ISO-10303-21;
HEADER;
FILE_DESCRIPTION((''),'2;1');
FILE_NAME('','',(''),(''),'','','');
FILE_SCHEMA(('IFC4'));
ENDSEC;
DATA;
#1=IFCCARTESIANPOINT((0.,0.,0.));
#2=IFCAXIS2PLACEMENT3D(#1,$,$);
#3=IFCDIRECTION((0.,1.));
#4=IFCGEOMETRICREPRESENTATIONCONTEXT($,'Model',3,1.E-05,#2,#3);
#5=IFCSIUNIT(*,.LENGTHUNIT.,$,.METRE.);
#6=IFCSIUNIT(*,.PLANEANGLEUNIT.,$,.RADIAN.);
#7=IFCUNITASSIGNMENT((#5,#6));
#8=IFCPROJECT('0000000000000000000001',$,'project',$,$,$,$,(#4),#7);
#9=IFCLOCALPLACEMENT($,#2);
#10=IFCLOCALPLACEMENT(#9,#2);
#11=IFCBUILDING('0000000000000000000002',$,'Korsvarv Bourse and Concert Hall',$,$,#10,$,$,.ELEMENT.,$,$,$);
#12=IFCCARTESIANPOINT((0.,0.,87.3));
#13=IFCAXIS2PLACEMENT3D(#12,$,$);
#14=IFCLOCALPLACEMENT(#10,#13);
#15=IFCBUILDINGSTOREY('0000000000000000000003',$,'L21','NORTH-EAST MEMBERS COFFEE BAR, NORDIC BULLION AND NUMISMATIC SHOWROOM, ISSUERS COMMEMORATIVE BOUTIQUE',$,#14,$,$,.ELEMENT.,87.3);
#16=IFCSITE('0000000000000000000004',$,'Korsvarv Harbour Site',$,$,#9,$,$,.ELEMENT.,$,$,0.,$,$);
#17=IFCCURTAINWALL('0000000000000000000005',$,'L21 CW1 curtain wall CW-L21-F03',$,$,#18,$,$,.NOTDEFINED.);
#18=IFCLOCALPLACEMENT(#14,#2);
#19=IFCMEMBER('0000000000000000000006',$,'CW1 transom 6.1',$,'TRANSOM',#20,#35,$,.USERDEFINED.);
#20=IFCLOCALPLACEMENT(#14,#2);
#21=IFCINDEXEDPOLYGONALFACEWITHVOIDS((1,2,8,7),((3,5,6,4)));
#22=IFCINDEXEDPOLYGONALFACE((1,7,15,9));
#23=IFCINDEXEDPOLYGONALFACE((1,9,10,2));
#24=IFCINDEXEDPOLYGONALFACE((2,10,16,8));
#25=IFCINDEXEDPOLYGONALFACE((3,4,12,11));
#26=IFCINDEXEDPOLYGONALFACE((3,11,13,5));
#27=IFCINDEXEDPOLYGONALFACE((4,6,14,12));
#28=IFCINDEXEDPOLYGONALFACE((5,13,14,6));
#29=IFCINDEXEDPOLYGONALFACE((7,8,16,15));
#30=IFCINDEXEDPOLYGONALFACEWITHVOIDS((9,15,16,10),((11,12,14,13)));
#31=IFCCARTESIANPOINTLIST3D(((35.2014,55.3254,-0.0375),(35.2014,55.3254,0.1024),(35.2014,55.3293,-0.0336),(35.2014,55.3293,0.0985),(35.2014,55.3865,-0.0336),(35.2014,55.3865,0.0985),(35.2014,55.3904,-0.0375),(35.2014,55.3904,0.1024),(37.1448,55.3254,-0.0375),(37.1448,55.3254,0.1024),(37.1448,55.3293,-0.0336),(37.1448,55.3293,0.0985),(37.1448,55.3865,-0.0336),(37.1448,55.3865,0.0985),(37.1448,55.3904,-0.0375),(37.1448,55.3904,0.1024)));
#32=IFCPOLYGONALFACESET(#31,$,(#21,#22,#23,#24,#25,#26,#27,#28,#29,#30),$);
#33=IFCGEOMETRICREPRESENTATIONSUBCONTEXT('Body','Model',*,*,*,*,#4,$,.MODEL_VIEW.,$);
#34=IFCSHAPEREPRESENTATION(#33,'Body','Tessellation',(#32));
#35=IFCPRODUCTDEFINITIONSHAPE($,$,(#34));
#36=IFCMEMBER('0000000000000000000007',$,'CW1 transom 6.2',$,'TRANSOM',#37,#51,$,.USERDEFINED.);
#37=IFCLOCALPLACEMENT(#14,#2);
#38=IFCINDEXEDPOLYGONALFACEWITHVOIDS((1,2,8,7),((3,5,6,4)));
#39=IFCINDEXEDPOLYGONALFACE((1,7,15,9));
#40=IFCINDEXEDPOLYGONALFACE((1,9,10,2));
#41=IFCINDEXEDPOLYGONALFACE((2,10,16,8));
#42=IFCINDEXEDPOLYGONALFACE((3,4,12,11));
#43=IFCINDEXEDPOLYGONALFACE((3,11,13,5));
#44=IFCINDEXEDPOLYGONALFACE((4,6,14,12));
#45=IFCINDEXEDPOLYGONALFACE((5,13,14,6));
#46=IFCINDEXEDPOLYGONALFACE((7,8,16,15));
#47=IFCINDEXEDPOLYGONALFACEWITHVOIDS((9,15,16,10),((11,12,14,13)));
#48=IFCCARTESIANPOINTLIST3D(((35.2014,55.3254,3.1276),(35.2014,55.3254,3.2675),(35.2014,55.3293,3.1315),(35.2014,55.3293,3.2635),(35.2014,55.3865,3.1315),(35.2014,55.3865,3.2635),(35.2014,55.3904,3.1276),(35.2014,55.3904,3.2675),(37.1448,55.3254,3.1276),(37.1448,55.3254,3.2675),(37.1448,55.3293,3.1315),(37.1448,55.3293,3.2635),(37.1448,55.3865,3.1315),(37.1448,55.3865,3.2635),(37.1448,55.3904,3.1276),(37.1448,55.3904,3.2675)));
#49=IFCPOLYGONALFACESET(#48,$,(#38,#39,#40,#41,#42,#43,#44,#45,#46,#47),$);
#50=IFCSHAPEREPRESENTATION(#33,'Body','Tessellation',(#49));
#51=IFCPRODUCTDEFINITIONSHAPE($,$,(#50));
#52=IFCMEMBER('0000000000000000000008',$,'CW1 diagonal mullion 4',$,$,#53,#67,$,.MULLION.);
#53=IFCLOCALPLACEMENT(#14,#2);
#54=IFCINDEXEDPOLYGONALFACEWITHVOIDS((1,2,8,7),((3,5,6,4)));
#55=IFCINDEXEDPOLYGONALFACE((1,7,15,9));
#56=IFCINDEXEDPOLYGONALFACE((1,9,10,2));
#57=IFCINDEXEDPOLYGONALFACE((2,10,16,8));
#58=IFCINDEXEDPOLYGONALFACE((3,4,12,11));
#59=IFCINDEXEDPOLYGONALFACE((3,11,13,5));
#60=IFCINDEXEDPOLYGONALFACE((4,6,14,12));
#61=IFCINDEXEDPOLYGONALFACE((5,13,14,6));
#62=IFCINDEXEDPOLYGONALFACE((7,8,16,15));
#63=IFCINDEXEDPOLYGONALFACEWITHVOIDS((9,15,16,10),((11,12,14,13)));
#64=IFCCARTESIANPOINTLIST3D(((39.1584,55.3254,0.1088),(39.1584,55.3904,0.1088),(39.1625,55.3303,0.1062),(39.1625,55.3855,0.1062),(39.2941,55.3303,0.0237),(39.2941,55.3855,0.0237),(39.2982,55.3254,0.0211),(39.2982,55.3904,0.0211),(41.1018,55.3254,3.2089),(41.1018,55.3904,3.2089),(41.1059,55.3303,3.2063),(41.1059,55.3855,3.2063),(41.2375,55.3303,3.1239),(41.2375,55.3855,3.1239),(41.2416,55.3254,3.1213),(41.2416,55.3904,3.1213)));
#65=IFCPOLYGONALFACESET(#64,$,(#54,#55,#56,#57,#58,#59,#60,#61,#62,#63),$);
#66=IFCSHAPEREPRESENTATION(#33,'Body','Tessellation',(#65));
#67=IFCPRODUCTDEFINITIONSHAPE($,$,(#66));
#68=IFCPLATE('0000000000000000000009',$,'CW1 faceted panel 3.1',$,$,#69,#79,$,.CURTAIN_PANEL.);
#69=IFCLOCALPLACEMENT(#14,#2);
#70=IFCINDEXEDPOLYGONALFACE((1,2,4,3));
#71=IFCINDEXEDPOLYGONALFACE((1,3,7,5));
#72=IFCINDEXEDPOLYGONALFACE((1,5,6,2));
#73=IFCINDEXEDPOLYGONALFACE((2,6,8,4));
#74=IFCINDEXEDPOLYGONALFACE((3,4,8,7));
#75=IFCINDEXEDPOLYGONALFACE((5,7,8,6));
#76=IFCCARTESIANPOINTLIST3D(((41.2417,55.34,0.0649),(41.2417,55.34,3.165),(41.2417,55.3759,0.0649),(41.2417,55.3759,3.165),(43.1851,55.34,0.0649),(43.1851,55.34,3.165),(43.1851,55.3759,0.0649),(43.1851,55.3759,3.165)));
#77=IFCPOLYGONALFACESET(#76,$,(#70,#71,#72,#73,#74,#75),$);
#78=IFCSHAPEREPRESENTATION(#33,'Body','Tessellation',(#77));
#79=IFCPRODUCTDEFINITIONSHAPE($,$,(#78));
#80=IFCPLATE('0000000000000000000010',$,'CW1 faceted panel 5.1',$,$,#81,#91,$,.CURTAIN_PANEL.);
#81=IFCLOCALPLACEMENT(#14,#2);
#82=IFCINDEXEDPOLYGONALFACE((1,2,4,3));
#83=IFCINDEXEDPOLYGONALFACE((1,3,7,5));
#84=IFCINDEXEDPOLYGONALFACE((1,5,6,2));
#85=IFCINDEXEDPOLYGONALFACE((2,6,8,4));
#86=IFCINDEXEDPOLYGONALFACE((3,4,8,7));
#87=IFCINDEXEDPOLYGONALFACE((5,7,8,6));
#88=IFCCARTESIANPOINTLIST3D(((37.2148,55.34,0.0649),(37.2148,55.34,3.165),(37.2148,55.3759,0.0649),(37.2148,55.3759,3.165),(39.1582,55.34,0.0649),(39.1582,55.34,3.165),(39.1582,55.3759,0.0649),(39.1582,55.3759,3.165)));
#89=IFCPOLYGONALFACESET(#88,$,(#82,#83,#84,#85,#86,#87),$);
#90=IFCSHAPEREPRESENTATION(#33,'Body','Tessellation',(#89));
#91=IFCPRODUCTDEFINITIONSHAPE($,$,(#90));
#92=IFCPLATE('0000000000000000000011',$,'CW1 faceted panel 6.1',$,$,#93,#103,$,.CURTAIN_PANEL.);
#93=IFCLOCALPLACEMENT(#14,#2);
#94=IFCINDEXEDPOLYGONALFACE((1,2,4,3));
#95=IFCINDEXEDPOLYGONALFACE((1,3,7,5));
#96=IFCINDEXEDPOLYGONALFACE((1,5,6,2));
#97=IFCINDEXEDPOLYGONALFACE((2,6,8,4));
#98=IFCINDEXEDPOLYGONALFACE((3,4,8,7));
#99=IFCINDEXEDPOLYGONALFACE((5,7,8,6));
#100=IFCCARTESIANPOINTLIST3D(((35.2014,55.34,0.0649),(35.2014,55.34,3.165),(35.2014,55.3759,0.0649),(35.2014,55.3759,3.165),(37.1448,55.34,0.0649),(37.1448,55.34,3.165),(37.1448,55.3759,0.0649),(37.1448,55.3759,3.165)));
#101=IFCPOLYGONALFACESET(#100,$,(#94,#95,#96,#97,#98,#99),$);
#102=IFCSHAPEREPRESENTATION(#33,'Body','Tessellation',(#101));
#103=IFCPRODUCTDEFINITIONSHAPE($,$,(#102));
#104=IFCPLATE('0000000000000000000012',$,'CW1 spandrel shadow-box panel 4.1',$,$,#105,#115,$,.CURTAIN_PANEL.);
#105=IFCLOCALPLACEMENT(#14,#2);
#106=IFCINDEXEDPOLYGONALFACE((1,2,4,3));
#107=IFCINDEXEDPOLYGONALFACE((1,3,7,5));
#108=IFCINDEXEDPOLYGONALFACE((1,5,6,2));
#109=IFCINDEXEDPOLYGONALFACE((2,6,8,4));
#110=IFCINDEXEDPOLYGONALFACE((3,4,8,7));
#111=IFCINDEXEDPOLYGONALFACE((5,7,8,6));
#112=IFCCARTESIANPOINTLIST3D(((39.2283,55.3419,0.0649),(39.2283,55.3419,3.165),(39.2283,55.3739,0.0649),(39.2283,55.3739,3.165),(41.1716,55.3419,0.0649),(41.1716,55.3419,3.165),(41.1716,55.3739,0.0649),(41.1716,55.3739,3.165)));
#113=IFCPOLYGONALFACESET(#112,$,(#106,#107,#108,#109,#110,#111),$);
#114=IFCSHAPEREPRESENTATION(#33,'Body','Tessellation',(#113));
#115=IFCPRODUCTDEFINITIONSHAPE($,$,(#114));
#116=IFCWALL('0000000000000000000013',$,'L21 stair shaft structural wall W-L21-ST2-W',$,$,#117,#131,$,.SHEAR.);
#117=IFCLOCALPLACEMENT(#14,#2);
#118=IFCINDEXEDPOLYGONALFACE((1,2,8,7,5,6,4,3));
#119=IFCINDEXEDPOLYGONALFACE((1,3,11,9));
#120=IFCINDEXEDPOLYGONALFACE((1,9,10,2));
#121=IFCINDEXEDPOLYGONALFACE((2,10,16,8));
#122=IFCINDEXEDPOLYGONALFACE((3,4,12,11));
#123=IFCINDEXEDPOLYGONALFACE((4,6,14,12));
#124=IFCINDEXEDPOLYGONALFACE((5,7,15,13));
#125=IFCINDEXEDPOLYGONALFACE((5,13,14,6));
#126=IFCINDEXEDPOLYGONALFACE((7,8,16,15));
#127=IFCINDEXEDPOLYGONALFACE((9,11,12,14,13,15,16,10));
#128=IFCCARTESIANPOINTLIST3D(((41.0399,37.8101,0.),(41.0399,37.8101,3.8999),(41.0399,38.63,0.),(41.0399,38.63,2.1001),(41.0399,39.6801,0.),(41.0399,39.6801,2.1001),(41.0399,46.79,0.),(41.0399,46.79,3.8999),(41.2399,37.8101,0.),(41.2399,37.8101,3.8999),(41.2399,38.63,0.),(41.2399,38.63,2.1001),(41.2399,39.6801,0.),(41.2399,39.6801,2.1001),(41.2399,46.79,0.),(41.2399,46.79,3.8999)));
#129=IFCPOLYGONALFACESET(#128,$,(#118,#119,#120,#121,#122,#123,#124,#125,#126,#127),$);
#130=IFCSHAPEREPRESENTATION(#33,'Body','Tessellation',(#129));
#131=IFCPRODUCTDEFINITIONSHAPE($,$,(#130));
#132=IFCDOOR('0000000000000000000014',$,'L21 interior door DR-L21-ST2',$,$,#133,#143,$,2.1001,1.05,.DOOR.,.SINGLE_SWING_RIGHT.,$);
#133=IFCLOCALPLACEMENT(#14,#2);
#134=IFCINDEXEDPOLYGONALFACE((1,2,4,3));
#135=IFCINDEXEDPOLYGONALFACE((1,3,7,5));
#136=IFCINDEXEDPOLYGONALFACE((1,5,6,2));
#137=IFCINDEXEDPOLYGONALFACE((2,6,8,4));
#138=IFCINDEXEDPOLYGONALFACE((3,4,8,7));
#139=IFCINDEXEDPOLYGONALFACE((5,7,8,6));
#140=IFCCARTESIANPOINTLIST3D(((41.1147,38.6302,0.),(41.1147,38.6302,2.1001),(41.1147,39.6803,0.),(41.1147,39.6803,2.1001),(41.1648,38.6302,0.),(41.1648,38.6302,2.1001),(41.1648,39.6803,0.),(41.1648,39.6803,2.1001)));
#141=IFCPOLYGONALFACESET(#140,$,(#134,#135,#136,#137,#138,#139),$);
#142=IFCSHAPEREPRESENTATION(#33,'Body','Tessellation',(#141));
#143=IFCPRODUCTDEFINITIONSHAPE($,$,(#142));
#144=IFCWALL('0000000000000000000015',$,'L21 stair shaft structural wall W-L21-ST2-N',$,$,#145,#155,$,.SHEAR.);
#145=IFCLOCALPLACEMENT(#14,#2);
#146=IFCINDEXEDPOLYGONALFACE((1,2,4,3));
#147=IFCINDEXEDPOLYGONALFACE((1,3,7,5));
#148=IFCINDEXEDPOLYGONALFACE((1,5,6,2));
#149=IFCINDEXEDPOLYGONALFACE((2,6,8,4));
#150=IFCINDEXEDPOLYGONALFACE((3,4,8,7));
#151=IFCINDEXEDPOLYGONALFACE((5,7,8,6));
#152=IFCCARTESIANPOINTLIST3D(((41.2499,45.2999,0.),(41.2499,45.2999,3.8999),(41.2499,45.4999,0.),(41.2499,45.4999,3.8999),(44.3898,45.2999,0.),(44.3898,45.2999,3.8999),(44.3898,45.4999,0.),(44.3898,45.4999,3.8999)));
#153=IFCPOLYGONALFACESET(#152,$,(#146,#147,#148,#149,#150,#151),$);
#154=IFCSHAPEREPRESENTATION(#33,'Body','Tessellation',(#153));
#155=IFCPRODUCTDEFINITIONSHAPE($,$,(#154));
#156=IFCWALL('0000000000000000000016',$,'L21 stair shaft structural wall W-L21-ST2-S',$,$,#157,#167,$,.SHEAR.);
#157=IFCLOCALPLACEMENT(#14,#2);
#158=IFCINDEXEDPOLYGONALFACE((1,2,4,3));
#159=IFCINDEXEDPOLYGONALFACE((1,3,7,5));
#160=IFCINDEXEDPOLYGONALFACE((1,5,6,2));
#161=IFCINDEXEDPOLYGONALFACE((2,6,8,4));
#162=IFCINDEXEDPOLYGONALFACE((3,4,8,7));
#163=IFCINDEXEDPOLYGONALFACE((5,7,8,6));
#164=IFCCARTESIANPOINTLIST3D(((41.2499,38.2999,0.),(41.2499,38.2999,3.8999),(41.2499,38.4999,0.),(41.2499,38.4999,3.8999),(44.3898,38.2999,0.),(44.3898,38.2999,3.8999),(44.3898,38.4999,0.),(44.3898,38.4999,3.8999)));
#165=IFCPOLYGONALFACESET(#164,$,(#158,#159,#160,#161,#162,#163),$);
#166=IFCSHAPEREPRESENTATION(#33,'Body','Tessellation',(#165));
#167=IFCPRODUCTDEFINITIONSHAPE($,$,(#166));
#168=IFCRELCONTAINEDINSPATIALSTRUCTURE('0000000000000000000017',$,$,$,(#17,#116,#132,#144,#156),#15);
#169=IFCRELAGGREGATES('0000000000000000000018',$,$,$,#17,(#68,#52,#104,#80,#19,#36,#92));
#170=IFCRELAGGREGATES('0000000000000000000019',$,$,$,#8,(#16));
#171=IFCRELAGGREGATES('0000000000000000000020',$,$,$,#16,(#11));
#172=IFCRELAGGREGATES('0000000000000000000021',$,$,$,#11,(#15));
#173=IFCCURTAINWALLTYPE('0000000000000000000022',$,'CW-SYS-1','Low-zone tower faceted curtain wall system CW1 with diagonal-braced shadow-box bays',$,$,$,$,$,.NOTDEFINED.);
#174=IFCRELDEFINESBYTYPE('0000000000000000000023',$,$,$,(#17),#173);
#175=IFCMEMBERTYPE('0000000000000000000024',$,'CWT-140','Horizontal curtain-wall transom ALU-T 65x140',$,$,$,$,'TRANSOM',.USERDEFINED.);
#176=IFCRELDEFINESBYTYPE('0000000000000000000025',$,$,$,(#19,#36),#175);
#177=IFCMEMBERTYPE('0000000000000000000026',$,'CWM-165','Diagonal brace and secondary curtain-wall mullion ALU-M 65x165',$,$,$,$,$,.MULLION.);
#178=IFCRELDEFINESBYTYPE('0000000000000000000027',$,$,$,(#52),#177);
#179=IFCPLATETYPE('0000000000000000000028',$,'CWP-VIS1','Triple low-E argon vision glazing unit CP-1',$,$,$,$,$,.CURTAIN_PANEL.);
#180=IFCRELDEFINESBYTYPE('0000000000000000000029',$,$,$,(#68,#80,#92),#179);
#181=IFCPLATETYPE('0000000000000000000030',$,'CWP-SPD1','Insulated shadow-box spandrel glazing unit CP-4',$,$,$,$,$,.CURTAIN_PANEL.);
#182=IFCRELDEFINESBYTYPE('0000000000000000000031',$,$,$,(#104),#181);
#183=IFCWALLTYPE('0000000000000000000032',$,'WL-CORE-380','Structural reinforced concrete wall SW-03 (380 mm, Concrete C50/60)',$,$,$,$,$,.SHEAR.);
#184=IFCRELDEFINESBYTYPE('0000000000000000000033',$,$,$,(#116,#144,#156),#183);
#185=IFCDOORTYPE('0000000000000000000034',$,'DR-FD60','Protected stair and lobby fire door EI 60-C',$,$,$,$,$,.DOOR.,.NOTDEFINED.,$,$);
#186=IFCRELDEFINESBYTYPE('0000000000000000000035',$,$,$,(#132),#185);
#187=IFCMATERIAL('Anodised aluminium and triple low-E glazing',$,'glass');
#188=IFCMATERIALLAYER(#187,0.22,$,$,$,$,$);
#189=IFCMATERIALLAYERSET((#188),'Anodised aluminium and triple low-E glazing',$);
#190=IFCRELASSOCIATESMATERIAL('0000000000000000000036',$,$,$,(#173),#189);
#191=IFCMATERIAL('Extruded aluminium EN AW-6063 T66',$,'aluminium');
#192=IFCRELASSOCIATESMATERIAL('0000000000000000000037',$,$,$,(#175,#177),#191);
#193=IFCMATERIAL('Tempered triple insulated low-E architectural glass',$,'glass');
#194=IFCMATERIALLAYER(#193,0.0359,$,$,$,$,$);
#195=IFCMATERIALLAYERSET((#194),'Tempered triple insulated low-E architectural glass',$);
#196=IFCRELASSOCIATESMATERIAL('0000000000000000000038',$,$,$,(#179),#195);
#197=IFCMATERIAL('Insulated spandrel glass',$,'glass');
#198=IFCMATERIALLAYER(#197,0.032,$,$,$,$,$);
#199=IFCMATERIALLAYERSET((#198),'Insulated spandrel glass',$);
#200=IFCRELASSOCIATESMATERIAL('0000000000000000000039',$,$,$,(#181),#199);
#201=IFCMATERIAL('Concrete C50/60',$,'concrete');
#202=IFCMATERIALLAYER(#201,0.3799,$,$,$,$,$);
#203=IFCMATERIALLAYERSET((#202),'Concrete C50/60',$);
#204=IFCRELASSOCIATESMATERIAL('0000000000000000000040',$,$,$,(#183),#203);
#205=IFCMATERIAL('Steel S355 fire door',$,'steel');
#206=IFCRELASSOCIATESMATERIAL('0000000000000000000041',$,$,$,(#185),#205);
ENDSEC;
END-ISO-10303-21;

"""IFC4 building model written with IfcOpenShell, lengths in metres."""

from ifc_helpers import new_model, si_unit, direction, frame, frame_2d, origin, origin_2d, place, context, subcontext, project, spatial, rectangle, hollow_rectangle, extrude, source, transform, mapped, material, layer, layer_set, material_profile, profile_set, type_object, element, fill, aggregate, save


model = new_model("IFC4")

# Units and contexts
model_context = context("Model", 3, precision=1e-05, world=origin(), true_north=direction((0.0, 1.0)))
body_context = subcontext(model_context, "Body", "Model", "MODEL_VIEW")
ifc_project = project(units=[si_unit("LENGTHUNIT", "METRE"), si_unit("PLANEANGLEUNIT", "RADIAN")], contexts=[model_context])

# Site, building, storey
site_placement = place(None, origin())
site = spatial("IfcSite", under=ifc_project, at=site_placement, Name="Korsvarv Harbour Site", CompositionType="ELEMENT", RefElevation=0.0)
building_placement = place(site_placement, origin())
building = spatial("IfcBuilding", under=site, at=building_placement, Name="Korsvarv Bourse and Concert Hall", CompositionType="ELEMENT")
storey_placement = place(building_placement, frame((0.0, 0.0, 87.3)))
storey = spatial("IfcBuildingStorey", under=building, at=storey_placement, Name="L21", Description="NORTH-EAST MEMBERS COFFEE BAR, NORDIC BULLION AND NUMISMATIC SHOWROOM, ISSUERS COMMEMORATIVE BOUTIQUE", CompositionType="ELEMENT", Elevation=87.3)

# Curtain wall, members, plates
ifc_material_1 = material(Name="Anodised aluminium and triple low-E glazing", Category="glass")
ifc_layer_1 = layer(ifc_material_1, 0.22)
ifc_layer_set_1 = layer_set([ifc_layer_1], Name="Anodised aluminium and triple low-E glazing")
curtain_wall_type = type_object("IfcCurtainWallType", Name="CW-SYS-1", Description="Low-zone tower faceted curtain wall system CW1 with diagonal-braced shadow-box bays", PredefinedType="NOTDEFINED", material=ifc_layer_set_1)
curtain_wall_placement = place(storey_placement, origin())
curtain_wall = element("IfcCurtainWall", 1, at=curtain_wall_placement, inside=storey, type_object=curtain_wall_type, Name="L21 CW1 curtain wall CW-L21-F03", PredefinedType="NOTDEFINED")
ifc_material_2 = material(Name="Extruded aluminium EN AW-6063 T66", Category="aluminium")
ifc_material_profile_1 = material_profile(ifc_material_2, hollow_rectangle(XDim=0.0649, YDim=0.1399, WallThickness=0.0039, at=origin_2d()), Name="ALU-T 65x140")
ifc_profile_set_1 = profile_set([ifc_material_profile_1], Name="Extruded aluminium EN AW-6063 T66")
member_type_1 = type_object("IfcMemberType", Name="CWT-140", Description="Horizontal curtain-wall transom ALU-T 65x140", ElementType="TRANSOM", PredefinedType="USERDEFINED", material=ifc_profile_set_1)
shared_shape_1 = source(origin(), body_context, "Body", "SweptSolid", [
    extrude(hollow_rectangle(XDim=0.0649, YDim=0.1399, WallThickness=0.0039, at=origin_2d()), origin(), (0.0, 0.0, 1.0), 1.9434),
])
member_1_placement = place(storey_placement, frame((37.1448, 55.3579, 0.0325), z_axis=(-1.0, 0.0, 0.0), x_axis=(0.0, -1.0, 0.0)))
member_1 = element("IfcMember", 2, at=member_1_placement, type_object=member_type_1, Name="CW1 transom 6.1", ObjectType="TRANSOM", PredefinedType="USERDEFINED", context=body_context, shape_type="MappedRepresentation", body=[
    mapped(shared_shape_1, transform((0.0, 0.0, 0.0), scale=1.0)),
])
member_2_placement = place(storey_placement, frame((37.1448, 55.3579, 3.1975), z_axis=(-1.0, 0.0, 0.0), x_axis=(0.0, -1.0, 0.0)))
member_2 = element("IfcMember", 3, at=member_2_placement, type_object=member_type_1, Name="CW1 transom 6.2", ObjectType="TRANSOM", PredefinedType="USERDEFINED", context=body_context, shape_type="MappedRepresentation", body=[
    mapped(shared_shape_1, transform((0.0, 0.0, 0.0), scale=1.0)),
])
ifc_material_profile_2 = material_profile(ifc_material_2, hollow_rectangle(XDim=0.0649, YDim=0.165, WallThickness=0.0049, at=origin_2d()), Name="ALU-M 65x165")
ifc_profile_set_2 = profile_set([ifc_material_profile_2], Name="Extruded aluminium EN AW-6063 T66")
member_type_2 = type_object("IfcMemberType", Name="CWM-165", Description="Diagonal brace and secondary curtain-wall mullion ALU-M 65x165", PredefinedType="MULLION", material=ifc_profile_set_2)
shared_shape_2 = source(origin(), body_context, "Body", "SweptSolid", [
    extrude(hollow_rectangle(XDim=0.0649, YDim=0.165, WallThickness=0.0049, at=origin_2d()), origin(), (0.0, 0.0, 1.0), 3.6589),
])
member_3_placement = place(storey_placement, frame((39.2283, 55.3579, 0.0649), z_axis=(0.531138, 0.0, 0.847285), x_axis=(0.0, 1.0, 0.0)))
member_3 = element("IfcMember", 4, at=member_3_placement, type_object=member_type_2, Name="CW1 diagonal mullion 4", PredefinedType="MULLION", context=body_context, shape_type="MappedRepresentation", body=[
    mapped(shared_shape_2, transform((0.0, 0.0, 0.0), scale=1.0)),
])
ifc_material_3 = material(Name="Tempered triple insulated low-E architectural glass", Category="glass")
ifc_layer_2 = layer(ifc_material_3, 0.0359)
ifc_layer_set_2 = layer_set([ifc_layer_2], Name="Tempered triple insulated low-E architectural glass")
plate_type_1 = type_object("IfcPlateType", Name="CWP-VIS1", Description="Triple low-E argon vision glazing unit CP-1", PredefinedType="CURTAIN_PANEL", material=ifc_layer_set_2)
shared_shape_3 = source(origin(), body_context, "Body", "SweptSolid", [
    extrude(rectangle(XDim=1.9434, YDim=0.0359, at=origin_2d()), origin(), (0.0, 0.0, 1.0), 3.1001),
])
plate_1_placement = place(storey_placement, frame((42.2134, 55.3579, 0.0649), z_axis=(0.0, 0.0, 1.0), x_axis=(-1.0, 0.0, 0.0)))
plate_1 = element("IfcPlate", 5, at=plate_1_placement, type_object=plate_type_1, Name="CW1 faceted panel 3.1", PredefinedType="CURTAIN_PANEL", context=body_context, shape_type="MappedRepresentation", body=[
    mapped(shared_shape_3, transform((0.0, 0.0, 0.0), scale=1.0)),
])
plate_2_placement = place(storey_placement, frame((38.1865, 55.3579, 0.0649), z_axis=(0.0, 0.0, 1.0), x_axis=(-1.0, 0.0, 0.0)))
plate_2 = element("IfcPlate", 6, at=plate_2_placement, type_object=plate_type_1, Name="CW1 faceted panel 5.1", PredefinedType="CURTAIN_PANEL", context=body_context, shape_type="MappedRepresentation", body=[
    mapped(shared_shape_3, transform((0.0, 0.0, 0.0), scale=1.0)),
])
plate_3_placement = place(storey_placement, frame((36.1731, 55.3579, 0.0649), z_axis=(0.0, 0.0, 1.0), x_axis=(-1.0, 0.0, 0.0)))
plate_3 = element("IfcPlate", 7, at=plate_3_placement, type_object=plate_type_1, Name="CW1 faceted panel 6.1", PredefinedType="CURTAIN_PANEL", context=body_context, shape_type="MappedRepresentation", body=[
    mapped(shared_shape_3, transform((0.0, 0.0, 0.0), scale=1.0)),
])
ifc_material_4 = material(Name="Insulated spandrel glass", Category="glass")
ifc_layer_3 = layer(ifc_material_4, 0.032)
ifc_layer_set_3 = layer_set([ifc_layer_3], Name="Insulated spandrel glass")
plate_type_2 = type_object("IfcPlateType", Name="CWP-SPD1", Description="Insulated shadow-box spandrel glazing unit CP-4", PredefinedType="CURTAIN_PANEL", material=ifc_layer_set_3)
shared_shape_4 = source(origin(), body_context, "Body", "SweptSolid", [
    extrude(rectangle(XDim=1.9434, YDim=0.032, at=origin_2d()), origin(), (0.0, 0.0, 1.0), 3.1001),
])
plate_4_placement = place(storey_placement, frame((40.2, 55.3579, 0.0649), z_axis=(0.0, 0.0, 1.0), x_axis=(-1.0, 0.0, 0.0)))
plate_4 = element("IfcPlate", 8, at=plate_4_placement, type_object=plate_type_2, Name="CW1 spandrel shadow-box panel 4.1", PredefinedType="CURTAIN_PANEL", context=body_context, shape_type="MappedRepresentation", body=[
    mapped(shared_shape_4, transform((0.0, 0.0, 0.0), scale=1.0)),
])
aggregate(curtain_wall, [plate_1, member_3, plate_4, plate_2, member_1, member_2, plate_3])

# Wall, opening, door
ifc_material_5 = material(Name="Concrete C50/60", Category="concrete")
ifc_layer_4 = layer(ifc_material_5, 0.3799)
ifc_layer_set_4 = layer_set([ifc_layer_4], Name="Concrete C50/60")
wall_type_1 = type_object("IfcWallType", Name="WL-CORE-380", Description="Structural reinforced concrete wall SW-03 (380 mm, Concrete C50/60)", PredefinedType="SHEAR", material=ifc_layer_set_4)
wall_1_placement = place(storey_placement, frame((41.1399, 37.8101, 0.0), z_axis=(0.0, 0.0, 1.0), x_axis=(0.0, 1.0, 0.0)))
wall_1 = element("IfcWall", 9, at=wall_1_placement, inside=storey, type_object=wall_type_1, Name="L21 stair shaft structural wall W-L21-ST2-W", PredefinedType="SHEAR", context=body_context, shape_type="SweptSolid", body=[
    extrude(rectangle(XDim=8.98, YDim=0.2, at=frame_2d((4.49, 0.0))), origin(), (0.0, 0.0, 1.0), 3.8999),
])
opening_1_placement = place(wall_1_placement, frame((0.8201, 0.0, 0.0)))
opening_1 = element("IfcOpeningElement", 10, at=opening_1_placement, cuts=wall_1, PredefinedType="OPENING", context=body_context, shape_type="SweptSolid", body=[
    extrude(rectangle(XDim=1.05, YDim=2.1001, at=frame_2d((0.5249, 1.05))), frame((0.0, 0.1099, 0.0), z_axis=(0.0, -1.0, 0.0), x_axis=(1.0, 0.0, 0.0)), (0.0, 0.0, 1.0), 0.22),
])
ifc_material_6 = material(Name="Steel S355 fire door", Category="steel")
door_type_1 = type_object("IfcDoorType", Name="DR-FD60", Description="Protected stair and lobby fire door EI 60-C", OperationType="NOTDEFINED", PredefinedType="DOOR", material=ifc_material_6)
door_1_placement = place(opening_1_placement, frame((1.05, 0.0, 0.0), z_axis=(0.0, 0.0, 1.0), x_axis=(-1.0, 0.0, 0.0)))
door_1 = element("IfcDoor", 11, at=door_1_placement, inside=storey, type_object=door_type_1, Name="L21 interior door DR-L21-ST2", OperationType="SINGLE_SWING_RIGHT", OverallHeight=2.1001, OverallWidth=1.05, PredefinedType="DOOR", context=body_context, shape_type="SweptSolid", body=[
    extrude(rectangle(XDim=1.05, YDim=2.1001, at=frame_2d((0.5249, 1.05))), frame((0.0, 0.0249, 0.0), z_axis=(0.0, -1.0, 0.0), x_axis=(1.0, 0.0, 0.0)), (0.0, 0.0, 1.0), 0.05),
])
fill(opening_1, door_1)

# Walls
for number, where, z_axis, x_axis, name in (
    (12, (41.25, 45.3999, 0.0), (0.0, 0.0, 1.0), (1.0, 0.0, 0.0), "L21 stair shaft structural wall W-L21-ST2-N"),
    (13, (41.25, 38.3999, 0.0), (0.0, 0.0, 1.0), (1.0, 0.0, 0.0), "L21 stair shaft structural wall W-L21-ST2-S"),
):
    element("IfcWall", number, at=place(storey_placement, frame(where, z_axis=z_axis, x_axis=x_axis)), inside=storey, type_object=wall_type_1, Name=name, PredefinedType="SHEAR", context=body_context, shape_type="SweptSolid", body=[
        extrude(rectangle(XDim=3.1399, YDim=0.2, at=frame_2d((1.5698, 0.0))), origin(), (0.0, 0.0, 1.0), 3.8999),
    ])

save(model, "model.ifc")
